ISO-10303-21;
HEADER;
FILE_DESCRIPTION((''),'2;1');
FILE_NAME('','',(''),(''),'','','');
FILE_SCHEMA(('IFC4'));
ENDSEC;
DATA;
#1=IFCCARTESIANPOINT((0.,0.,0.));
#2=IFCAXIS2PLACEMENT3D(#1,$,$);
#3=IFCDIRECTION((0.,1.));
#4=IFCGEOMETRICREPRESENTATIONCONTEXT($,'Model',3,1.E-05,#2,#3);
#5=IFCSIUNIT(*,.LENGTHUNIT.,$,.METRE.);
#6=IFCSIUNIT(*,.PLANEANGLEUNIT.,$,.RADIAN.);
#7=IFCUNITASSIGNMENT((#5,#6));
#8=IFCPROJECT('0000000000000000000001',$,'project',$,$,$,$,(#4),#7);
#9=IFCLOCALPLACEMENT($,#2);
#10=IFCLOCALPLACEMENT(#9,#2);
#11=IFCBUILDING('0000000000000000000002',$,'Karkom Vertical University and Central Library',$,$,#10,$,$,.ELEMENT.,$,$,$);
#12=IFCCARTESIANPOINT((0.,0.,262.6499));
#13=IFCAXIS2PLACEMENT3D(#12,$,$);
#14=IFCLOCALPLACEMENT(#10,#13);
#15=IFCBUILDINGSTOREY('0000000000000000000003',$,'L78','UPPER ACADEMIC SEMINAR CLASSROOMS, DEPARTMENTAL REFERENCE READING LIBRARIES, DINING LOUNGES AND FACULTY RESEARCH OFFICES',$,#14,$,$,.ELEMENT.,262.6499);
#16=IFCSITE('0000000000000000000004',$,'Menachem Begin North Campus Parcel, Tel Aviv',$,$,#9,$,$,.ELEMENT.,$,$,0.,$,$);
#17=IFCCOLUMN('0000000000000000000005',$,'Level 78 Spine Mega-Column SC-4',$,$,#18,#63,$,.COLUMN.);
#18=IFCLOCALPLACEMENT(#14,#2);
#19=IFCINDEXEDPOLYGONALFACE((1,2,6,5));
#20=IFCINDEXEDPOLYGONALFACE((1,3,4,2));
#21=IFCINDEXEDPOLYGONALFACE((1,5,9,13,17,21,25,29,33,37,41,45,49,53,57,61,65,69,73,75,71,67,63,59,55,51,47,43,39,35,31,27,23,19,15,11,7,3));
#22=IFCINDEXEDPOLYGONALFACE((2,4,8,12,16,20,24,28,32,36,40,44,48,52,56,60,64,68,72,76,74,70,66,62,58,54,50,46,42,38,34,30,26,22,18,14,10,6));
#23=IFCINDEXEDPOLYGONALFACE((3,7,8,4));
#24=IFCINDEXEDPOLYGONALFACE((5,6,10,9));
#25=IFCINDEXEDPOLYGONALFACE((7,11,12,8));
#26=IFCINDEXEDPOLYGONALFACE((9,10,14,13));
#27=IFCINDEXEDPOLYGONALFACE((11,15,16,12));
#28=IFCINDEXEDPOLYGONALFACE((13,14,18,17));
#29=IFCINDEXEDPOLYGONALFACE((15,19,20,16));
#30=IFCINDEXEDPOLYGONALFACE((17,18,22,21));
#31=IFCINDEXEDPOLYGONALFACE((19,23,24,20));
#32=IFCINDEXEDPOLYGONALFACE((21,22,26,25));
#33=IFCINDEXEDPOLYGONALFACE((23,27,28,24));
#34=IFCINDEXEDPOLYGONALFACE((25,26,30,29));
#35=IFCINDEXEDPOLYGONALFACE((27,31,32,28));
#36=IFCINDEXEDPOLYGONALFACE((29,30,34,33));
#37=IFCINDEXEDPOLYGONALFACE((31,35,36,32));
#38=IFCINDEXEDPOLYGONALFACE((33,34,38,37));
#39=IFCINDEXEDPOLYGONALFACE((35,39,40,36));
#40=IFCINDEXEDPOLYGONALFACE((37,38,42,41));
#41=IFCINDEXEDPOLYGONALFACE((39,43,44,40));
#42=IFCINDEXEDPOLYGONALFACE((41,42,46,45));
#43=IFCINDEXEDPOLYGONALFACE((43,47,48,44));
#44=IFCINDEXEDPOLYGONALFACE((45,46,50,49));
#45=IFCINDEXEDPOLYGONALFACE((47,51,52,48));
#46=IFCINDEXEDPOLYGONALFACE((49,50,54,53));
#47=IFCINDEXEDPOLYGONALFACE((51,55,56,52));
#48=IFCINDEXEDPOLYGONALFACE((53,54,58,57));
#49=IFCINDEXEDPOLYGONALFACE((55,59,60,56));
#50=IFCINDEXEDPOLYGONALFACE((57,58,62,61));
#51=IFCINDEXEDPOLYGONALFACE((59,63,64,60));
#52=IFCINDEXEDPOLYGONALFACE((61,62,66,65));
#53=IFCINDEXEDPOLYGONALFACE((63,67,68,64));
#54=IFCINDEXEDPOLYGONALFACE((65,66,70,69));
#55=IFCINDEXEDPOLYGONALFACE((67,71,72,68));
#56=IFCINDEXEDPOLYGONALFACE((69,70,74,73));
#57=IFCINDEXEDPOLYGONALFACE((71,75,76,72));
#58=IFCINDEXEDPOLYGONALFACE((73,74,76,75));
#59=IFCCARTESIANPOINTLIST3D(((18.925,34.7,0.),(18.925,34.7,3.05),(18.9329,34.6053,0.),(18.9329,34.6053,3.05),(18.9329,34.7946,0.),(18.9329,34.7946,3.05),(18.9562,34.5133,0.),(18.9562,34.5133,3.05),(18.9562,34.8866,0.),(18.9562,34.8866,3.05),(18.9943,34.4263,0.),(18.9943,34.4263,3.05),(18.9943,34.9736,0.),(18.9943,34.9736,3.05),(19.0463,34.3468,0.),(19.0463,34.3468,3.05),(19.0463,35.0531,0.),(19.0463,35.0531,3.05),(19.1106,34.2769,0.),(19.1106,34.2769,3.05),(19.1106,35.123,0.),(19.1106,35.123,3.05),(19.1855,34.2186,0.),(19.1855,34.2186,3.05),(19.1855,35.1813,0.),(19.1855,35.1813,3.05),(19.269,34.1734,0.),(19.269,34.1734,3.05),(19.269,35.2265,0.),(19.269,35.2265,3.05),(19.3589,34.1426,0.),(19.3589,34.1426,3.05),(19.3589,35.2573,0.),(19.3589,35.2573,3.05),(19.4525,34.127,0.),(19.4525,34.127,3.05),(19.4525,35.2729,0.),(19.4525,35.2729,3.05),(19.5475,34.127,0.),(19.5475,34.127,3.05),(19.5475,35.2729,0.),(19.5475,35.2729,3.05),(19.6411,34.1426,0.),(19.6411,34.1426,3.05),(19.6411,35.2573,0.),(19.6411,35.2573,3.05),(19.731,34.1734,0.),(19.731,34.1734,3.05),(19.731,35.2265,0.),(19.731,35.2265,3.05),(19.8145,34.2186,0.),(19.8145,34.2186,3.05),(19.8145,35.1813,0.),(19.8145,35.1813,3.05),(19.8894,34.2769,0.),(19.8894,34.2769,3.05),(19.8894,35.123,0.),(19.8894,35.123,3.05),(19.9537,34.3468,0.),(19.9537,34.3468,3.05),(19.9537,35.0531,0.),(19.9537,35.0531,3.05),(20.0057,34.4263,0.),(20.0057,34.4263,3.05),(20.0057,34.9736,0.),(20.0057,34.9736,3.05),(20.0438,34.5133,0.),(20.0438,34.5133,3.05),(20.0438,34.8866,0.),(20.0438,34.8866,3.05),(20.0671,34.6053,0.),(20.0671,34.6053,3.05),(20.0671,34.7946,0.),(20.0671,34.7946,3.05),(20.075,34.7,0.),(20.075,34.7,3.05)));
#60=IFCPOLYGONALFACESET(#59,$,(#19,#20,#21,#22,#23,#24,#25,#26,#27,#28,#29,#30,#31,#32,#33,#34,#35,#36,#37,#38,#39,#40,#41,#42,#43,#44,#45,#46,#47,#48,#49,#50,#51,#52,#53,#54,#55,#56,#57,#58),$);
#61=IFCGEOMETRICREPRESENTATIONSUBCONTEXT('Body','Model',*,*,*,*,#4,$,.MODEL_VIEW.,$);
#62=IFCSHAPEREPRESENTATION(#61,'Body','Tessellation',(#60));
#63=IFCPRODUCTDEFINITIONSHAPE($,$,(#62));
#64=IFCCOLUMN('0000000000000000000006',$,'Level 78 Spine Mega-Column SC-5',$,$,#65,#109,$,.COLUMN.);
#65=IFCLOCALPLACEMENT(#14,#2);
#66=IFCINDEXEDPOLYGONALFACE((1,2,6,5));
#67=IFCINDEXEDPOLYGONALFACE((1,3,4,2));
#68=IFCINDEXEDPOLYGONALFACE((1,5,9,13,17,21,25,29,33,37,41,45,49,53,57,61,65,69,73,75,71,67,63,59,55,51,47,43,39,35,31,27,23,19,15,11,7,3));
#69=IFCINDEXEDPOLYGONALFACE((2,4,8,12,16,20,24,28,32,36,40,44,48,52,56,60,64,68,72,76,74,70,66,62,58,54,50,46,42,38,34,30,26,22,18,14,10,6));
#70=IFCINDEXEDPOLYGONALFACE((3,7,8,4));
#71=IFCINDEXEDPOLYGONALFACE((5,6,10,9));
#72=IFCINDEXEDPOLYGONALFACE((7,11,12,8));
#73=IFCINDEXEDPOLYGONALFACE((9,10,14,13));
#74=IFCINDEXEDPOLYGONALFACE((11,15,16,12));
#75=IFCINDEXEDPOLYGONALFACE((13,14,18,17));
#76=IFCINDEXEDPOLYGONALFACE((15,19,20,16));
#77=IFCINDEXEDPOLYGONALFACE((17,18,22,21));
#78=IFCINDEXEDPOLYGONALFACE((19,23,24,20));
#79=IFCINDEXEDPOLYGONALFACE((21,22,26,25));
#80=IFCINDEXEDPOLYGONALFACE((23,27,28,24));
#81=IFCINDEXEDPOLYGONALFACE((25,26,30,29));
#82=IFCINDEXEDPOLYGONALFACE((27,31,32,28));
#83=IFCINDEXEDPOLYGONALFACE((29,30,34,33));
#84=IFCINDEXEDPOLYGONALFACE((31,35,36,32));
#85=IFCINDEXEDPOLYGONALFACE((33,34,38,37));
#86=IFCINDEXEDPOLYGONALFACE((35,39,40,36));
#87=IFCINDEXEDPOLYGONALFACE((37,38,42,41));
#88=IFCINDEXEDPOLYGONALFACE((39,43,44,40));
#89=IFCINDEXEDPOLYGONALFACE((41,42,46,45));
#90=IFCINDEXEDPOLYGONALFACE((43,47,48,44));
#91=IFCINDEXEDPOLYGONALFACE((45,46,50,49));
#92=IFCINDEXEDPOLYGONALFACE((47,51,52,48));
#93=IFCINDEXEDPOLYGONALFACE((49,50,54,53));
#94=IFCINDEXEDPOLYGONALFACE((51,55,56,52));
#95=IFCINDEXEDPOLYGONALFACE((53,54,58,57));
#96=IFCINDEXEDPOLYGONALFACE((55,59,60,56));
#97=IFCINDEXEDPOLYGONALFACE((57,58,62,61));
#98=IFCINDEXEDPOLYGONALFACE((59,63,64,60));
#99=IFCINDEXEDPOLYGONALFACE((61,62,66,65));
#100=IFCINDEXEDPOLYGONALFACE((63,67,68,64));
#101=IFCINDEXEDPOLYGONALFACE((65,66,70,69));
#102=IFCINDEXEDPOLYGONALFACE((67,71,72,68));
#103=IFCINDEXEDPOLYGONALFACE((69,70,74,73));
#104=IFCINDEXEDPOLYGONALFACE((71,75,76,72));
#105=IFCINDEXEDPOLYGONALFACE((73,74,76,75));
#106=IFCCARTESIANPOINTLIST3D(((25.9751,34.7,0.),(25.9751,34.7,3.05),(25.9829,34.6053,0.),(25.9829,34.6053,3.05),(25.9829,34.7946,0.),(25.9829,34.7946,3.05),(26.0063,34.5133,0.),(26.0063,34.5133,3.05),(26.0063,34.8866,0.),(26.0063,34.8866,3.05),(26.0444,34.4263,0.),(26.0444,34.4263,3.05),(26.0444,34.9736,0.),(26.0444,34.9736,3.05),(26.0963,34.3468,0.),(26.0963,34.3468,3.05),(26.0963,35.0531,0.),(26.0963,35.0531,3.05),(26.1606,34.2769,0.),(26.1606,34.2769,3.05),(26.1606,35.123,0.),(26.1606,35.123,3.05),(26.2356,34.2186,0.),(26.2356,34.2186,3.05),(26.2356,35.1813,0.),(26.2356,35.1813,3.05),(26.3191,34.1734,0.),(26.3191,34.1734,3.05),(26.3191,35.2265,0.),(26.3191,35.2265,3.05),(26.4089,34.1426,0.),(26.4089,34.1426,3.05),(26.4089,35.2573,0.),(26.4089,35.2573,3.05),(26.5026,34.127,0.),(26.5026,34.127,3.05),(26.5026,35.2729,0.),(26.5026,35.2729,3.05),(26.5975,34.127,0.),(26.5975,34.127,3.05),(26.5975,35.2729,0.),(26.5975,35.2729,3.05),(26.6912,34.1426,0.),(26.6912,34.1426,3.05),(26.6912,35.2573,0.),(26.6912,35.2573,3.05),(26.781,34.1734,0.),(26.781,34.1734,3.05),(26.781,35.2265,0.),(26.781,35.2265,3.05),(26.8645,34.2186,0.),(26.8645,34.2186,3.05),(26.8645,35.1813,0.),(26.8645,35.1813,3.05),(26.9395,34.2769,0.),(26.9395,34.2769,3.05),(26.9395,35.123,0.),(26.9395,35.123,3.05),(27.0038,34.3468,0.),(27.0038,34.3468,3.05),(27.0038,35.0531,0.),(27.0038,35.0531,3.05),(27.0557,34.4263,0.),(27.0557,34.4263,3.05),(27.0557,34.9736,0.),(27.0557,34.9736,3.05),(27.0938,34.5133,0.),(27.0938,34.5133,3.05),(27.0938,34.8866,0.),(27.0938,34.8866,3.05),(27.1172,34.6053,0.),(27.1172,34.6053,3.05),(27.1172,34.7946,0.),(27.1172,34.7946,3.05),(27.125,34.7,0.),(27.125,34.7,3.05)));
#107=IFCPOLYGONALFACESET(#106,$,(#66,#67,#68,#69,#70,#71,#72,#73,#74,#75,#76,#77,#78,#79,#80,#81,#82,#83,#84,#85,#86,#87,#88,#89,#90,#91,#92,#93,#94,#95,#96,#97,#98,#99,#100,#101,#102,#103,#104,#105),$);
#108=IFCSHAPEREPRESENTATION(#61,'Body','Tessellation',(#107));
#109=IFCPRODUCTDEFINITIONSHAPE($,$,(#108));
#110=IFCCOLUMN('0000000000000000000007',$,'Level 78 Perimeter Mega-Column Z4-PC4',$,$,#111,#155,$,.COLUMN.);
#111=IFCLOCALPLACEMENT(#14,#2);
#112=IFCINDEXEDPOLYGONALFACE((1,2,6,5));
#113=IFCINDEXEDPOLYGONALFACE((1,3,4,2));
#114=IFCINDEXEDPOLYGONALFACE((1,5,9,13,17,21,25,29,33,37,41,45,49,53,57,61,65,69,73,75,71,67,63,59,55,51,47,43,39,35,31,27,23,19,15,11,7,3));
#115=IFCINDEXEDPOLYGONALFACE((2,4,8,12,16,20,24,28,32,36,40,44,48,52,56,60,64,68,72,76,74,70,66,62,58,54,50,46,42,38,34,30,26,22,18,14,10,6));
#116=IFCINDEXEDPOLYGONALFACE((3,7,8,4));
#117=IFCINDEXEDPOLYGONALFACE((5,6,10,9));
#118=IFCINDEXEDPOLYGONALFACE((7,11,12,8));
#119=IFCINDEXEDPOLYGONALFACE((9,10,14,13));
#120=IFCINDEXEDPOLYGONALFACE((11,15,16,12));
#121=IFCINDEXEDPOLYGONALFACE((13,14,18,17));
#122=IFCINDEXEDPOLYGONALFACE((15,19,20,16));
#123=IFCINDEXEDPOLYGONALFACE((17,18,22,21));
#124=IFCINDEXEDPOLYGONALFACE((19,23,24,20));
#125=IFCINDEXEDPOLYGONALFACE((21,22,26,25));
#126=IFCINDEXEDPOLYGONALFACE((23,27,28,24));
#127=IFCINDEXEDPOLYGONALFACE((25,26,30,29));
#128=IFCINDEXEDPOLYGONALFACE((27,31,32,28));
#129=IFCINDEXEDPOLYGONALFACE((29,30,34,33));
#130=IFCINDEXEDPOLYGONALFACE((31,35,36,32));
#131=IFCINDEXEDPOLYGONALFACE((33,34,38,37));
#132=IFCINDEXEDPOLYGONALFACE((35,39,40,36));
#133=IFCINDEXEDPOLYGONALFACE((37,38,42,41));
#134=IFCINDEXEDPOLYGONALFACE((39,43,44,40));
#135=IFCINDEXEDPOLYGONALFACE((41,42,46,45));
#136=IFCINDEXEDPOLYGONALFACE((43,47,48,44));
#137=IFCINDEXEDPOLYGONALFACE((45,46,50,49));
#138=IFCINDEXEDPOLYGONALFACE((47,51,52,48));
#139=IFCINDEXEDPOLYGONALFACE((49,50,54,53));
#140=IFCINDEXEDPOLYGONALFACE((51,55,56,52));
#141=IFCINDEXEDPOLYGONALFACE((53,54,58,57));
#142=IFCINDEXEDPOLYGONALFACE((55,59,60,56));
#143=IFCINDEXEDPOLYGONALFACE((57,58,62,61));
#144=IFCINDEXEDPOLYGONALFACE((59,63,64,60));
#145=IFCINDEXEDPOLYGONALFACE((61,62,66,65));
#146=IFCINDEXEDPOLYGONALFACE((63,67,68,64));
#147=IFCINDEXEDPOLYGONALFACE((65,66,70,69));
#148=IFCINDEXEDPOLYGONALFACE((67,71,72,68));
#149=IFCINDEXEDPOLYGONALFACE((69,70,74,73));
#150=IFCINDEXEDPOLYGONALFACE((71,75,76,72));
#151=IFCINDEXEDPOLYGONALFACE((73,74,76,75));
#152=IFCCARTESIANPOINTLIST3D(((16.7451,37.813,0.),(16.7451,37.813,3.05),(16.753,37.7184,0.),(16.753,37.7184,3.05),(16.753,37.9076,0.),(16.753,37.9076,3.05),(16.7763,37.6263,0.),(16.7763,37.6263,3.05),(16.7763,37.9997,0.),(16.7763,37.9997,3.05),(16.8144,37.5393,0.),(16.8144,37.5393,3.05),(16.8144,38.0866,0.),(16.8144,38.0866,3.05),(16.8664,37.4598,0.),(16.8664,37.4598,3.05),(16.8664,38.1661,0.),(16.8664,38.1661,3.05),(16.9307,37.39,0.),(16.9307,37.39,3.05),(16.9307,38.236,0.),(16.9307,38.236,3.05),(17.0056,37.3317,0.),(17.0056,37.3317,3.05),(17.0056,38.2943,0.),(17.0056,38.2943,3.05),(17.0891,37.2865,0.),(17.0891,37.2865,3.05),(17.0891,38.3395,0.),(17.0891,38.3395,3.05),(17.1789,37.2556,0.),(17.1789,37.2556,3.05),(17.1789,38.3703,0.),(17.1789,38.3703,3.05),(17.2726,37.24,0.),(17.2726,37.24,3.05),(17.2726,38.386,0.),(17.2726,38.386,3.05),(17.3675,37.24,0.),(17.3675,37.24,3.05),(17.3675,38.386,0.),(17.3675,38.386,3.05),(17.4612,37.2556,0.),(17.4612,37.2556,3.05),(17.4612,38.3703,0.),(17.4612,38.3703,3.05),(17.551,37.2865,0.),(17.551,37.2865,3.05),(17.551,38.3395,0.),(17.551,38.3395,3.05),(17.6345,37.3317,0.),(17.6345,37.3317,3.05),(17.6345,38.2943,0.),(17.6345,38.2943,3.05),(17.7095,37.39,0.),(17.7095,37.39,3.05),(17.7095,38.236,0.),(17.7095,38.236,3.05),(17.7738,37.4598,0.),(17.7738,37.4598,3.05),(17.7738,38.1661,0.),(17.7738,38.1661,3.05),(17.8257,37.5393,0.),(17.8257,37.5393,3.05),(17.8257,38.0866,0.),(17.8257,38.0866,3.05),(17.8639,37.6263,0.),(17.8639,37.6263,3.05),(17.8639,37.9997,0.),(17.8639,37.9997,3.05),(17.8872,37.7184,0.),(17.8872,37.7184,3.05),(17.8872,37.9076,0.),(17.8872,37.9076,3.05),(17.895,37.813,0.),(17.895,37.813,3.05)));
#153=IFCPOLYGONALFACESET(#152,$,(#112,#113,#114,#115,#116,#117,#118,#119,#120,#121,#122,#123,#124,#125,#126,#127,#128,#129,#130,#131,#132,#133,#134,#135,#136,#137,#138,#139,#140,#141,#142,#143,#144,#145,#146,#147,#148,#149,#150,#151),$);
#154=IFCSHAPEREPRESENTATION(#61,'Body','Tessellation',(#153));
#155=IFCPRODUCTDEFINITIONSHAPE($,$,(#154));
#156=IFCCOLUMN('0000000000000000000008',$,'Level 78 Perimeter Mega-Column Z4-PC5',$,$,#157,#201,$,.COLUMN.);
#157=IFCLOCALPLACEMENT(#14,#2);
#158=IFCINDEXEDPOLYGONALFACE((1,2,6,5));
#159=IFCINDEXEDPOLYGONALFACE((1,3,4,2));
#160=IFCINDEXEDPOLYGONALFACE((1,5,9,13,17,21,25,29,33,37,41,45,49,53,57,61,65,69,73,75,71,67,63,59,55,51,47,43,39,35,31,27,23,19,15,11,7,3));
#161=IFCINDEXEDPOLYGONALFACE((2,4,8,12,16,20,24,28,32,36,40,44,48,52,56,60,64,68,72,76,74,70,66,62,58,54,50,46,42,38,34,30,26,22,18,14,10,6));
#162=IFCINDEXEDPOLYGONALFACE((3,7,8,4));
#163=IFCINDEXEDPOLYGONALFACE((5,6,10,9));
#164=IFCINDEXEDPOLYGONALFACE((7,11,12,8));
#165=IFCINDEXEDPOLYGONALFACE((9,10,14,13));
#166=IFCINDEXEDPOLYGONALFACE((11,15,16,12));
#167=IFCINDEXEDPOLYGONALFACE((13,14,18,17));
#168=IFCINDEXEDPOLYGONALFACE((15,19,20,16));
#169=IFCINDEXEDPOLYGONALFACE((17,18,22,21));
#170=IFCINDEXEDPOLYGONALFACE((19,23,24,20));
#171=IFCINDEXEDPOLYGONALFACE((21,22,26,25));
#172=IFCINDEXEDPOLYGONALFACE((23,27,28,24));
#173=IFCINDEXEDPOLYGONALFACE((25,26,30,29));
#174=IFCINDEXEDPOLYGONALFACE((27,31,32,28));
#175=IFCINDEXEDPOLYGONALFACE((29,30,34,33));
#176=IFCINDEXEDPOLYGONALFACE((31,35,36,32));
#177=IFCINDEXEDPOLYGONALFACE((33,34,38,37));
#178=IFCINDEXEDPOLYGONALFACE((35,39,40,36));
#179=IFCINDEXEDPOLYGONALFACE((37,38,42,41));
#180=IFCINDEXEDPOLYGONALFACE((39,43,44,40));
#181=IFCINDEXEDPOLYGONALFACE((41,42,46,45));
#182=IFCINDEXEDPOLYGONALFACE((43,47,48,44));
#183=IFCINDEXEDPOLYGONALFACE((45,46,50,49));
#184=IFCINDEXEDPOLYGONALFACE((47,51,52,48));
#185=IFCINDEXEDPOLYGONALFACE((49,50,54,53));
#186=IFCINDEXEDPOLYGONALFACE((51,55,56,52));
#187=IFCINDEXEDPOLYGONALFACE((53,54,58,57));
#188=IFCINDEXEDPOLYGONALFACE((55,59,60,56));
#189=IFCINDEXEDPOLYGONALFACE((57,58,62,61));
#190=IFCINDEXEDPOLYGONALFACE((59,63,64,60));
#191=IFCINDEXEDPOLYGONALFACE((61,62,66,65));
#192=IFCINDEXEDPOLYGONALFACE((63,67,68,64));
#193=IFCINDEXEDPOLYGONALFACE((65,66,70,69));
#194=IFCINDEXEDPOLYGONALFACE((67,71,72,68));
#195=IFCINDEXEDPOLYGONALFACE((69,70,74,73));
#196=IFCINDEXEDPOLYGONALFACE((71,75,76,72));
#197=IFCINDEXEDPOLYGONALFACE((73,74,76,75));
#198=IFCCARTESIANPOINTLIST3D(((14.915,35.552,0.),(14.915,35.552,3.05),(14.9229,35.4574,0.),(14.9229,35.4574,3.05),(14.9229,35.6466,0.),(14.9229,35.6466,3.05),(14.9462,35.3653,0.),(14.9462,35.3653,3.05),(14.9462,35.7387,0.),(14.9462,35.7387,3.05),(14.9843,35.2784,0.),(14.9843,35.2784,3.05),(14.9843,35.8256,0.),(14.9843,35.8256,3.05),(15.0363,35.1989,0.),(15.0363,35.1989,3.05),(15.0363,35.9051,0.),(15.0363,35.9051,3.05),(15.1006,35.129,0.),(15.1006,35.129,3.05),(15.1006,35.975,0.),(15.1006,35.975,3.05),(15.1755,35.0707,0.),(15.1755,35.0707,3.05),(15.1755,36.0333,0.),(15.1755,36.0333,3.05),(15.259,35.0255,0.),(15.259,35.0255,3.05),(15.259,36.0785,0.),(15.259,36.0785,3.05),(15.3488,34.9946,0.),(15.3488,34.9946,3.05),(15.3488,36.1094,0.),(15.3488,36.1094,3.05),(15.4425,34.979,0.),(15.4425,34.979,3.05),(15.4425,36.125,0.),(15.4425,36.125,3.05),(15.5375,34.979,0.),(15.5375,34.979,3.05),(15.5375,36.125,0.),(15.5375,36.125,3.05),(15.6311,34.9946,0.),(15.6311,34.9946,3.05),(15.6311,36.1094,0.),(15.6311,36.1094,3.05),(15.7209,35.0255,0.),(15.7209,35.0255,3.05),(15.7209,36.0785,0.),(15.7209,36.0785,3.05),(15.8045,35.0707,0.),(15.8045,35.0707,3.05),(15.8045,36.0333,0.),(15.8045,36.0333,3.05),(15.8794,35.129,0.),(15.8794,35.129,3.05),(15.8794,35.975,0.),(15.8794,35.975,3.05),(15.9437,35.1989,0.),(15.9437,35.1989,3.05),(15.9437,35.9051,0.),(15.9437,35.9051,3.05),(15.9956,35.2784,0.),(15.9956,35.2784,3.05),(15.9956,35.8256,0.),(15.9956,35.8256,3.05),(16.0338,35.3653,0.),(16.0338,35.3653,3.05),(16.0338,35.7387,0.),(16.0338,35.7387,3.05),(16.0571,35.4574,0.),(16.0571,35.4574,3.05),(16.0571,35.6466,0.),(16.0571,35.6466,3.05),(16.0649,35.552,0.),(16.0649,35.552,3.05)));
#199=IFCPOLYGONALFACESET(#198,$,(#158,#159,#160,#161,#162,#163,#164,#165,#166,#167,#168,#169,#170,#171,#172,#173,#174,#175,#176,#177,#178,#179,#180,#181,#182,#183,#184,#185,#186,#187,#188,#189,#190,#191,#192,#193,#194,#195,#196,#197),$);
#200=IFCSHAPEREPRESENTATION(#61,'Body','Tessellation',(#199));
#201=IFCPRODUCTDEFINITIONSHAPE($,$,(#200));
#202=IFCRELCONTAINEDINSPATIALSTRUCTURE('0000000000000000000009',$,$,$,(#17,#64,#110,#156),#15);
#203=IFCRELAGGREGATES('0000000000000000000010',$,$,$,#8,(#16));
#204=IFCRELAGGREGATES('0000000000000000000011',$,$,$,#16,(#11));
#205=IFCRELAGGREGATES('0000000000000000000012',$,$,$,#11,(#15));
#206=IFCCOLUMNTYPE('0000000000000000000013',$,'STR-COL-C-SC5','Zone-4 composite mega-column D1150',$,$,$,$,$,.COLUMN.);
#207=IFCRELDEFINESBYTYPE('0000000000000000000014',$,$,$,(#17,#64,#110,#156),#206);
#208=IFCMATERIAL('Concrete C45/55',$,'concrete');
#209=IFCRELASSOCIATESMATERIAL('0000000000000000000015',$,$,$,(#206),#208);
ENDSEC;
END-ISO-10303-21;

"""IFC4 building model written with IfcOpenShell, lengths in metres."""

from ifc_helpers import new_model, si_unit, direction, frame, origin, origin_with_axes, origin_2d, place, context, subcontext, project, spatial, circle, extrude, source, transform, mapped, material, material_profile, profile_set, type_object, element, save


model = new_model("IFC4")

# Units and contexts
model_context = context("Model", 3, precision=1e-05, world=origin(), true_north=direction((0.0, 1.0)))
body_context = subcontext(model_context, "Body", "Model", "MODEL_VIEW")
ifc_project = project(units=[si_unit("LENGTHUNIT", "METRE"), si_unit("PLANEANGLEUNIT", "RADIAN")], contexts=[model_context])

# Site, building, storey
site_placement = place(None, origin())
site = spatial("IfcSite", under=ifc_project, at=site_placement, Name="Menachem Begin North Campus Parcel, Tel Aviv", CompositionType="ELEMENT", RefElevation=0.0)
building_placement = place(site_placement, origin())
building = spatial("IfcBuilding", under=site, at=building_placement, Name="Karkom Vertical University and Central Library", CompositionType="ELEMENT")
storey_placement = place(building_placement, frame((0.0, 0.0, 262.6499)))
storey = spatial("IfcBuildingStorey", under=building, at=storey_placement, Name="L78", Description="UPPER ACADEMIC SEMINAR CLASSROOMS, DEPARTMENTAL REFERENCE READING LIBRARIES, DINING LOUNGES AND FACULTY RESEARCH OFFICES", CompositionType="ELEMENT", Elevation=262.6499)

# Columns
ifc_material_1 = material(Name="Concrete C45/55", Category="concrete")
ifc_material_profile_1 = material_profile(ifc_material_1, circle(Radius=0.575, at=origin_2d()), Name="CFT-D1150")
ifc_profile_set_1 = profile_set([ifc_material_profile_1], Name="Concrete C45/55")
column_type = type_object("IfcColumnType", Name="STR-COL-C-SC5", Description="Zone-4 composite mega-column D1150", PredefinedType="COLUMN", material=ifc_profile_set_1)
shared_shape_1 = source(origin_with_axes(), body_context, "Body", "SweptSolid", [
    extrude(circle(Radius=0.575, at=origin_2d()), origin(), (0.0, 0.0, 1.0), 3.05),
])
for number, where, z_axis, x_axis, name in (
    (1, (19.5, 34.7, 0.0), (0.0, 0.0, 1.0), (1.0, 0.0, 0.0), "Level 78 Spine Mega-Column SC-4"),
    (2, (26.55, 34.7, 0.0), (0.0, 0.0, 1.0), (1.0, 0.0, 0.0), "Level 78 Spine Mega-Column SC-5"),
    (3, (17.3201, 37.813, 0.0), (0.0, 0.0, 1.0), (1.0, 0.0, 0.0), "Level 78 Perimeter Mega-Column Z4-PC4"),
    (4, (15.49, 35.552, 0.0), (0.0, 0.0, 1.0), (1.0, 0.0, 0.0), "Level 78 Perimeter Mega-Column Z4-PC5"),
):
    element("IfcColumn", number, at=place(storey_placement, frame(where, z_axis=z_axis, x_axis=x_axis)), inside=storey, type_object=column_type, Name=name, PredefinedType="COLUMN", context=body_context, shape_type="MappedRepresentation", body=[
        mapped(shared_shape_1, transform((0.0, 0.0, 0.0), scale=1.0)),
    ])

save(model, "model.ifc")
